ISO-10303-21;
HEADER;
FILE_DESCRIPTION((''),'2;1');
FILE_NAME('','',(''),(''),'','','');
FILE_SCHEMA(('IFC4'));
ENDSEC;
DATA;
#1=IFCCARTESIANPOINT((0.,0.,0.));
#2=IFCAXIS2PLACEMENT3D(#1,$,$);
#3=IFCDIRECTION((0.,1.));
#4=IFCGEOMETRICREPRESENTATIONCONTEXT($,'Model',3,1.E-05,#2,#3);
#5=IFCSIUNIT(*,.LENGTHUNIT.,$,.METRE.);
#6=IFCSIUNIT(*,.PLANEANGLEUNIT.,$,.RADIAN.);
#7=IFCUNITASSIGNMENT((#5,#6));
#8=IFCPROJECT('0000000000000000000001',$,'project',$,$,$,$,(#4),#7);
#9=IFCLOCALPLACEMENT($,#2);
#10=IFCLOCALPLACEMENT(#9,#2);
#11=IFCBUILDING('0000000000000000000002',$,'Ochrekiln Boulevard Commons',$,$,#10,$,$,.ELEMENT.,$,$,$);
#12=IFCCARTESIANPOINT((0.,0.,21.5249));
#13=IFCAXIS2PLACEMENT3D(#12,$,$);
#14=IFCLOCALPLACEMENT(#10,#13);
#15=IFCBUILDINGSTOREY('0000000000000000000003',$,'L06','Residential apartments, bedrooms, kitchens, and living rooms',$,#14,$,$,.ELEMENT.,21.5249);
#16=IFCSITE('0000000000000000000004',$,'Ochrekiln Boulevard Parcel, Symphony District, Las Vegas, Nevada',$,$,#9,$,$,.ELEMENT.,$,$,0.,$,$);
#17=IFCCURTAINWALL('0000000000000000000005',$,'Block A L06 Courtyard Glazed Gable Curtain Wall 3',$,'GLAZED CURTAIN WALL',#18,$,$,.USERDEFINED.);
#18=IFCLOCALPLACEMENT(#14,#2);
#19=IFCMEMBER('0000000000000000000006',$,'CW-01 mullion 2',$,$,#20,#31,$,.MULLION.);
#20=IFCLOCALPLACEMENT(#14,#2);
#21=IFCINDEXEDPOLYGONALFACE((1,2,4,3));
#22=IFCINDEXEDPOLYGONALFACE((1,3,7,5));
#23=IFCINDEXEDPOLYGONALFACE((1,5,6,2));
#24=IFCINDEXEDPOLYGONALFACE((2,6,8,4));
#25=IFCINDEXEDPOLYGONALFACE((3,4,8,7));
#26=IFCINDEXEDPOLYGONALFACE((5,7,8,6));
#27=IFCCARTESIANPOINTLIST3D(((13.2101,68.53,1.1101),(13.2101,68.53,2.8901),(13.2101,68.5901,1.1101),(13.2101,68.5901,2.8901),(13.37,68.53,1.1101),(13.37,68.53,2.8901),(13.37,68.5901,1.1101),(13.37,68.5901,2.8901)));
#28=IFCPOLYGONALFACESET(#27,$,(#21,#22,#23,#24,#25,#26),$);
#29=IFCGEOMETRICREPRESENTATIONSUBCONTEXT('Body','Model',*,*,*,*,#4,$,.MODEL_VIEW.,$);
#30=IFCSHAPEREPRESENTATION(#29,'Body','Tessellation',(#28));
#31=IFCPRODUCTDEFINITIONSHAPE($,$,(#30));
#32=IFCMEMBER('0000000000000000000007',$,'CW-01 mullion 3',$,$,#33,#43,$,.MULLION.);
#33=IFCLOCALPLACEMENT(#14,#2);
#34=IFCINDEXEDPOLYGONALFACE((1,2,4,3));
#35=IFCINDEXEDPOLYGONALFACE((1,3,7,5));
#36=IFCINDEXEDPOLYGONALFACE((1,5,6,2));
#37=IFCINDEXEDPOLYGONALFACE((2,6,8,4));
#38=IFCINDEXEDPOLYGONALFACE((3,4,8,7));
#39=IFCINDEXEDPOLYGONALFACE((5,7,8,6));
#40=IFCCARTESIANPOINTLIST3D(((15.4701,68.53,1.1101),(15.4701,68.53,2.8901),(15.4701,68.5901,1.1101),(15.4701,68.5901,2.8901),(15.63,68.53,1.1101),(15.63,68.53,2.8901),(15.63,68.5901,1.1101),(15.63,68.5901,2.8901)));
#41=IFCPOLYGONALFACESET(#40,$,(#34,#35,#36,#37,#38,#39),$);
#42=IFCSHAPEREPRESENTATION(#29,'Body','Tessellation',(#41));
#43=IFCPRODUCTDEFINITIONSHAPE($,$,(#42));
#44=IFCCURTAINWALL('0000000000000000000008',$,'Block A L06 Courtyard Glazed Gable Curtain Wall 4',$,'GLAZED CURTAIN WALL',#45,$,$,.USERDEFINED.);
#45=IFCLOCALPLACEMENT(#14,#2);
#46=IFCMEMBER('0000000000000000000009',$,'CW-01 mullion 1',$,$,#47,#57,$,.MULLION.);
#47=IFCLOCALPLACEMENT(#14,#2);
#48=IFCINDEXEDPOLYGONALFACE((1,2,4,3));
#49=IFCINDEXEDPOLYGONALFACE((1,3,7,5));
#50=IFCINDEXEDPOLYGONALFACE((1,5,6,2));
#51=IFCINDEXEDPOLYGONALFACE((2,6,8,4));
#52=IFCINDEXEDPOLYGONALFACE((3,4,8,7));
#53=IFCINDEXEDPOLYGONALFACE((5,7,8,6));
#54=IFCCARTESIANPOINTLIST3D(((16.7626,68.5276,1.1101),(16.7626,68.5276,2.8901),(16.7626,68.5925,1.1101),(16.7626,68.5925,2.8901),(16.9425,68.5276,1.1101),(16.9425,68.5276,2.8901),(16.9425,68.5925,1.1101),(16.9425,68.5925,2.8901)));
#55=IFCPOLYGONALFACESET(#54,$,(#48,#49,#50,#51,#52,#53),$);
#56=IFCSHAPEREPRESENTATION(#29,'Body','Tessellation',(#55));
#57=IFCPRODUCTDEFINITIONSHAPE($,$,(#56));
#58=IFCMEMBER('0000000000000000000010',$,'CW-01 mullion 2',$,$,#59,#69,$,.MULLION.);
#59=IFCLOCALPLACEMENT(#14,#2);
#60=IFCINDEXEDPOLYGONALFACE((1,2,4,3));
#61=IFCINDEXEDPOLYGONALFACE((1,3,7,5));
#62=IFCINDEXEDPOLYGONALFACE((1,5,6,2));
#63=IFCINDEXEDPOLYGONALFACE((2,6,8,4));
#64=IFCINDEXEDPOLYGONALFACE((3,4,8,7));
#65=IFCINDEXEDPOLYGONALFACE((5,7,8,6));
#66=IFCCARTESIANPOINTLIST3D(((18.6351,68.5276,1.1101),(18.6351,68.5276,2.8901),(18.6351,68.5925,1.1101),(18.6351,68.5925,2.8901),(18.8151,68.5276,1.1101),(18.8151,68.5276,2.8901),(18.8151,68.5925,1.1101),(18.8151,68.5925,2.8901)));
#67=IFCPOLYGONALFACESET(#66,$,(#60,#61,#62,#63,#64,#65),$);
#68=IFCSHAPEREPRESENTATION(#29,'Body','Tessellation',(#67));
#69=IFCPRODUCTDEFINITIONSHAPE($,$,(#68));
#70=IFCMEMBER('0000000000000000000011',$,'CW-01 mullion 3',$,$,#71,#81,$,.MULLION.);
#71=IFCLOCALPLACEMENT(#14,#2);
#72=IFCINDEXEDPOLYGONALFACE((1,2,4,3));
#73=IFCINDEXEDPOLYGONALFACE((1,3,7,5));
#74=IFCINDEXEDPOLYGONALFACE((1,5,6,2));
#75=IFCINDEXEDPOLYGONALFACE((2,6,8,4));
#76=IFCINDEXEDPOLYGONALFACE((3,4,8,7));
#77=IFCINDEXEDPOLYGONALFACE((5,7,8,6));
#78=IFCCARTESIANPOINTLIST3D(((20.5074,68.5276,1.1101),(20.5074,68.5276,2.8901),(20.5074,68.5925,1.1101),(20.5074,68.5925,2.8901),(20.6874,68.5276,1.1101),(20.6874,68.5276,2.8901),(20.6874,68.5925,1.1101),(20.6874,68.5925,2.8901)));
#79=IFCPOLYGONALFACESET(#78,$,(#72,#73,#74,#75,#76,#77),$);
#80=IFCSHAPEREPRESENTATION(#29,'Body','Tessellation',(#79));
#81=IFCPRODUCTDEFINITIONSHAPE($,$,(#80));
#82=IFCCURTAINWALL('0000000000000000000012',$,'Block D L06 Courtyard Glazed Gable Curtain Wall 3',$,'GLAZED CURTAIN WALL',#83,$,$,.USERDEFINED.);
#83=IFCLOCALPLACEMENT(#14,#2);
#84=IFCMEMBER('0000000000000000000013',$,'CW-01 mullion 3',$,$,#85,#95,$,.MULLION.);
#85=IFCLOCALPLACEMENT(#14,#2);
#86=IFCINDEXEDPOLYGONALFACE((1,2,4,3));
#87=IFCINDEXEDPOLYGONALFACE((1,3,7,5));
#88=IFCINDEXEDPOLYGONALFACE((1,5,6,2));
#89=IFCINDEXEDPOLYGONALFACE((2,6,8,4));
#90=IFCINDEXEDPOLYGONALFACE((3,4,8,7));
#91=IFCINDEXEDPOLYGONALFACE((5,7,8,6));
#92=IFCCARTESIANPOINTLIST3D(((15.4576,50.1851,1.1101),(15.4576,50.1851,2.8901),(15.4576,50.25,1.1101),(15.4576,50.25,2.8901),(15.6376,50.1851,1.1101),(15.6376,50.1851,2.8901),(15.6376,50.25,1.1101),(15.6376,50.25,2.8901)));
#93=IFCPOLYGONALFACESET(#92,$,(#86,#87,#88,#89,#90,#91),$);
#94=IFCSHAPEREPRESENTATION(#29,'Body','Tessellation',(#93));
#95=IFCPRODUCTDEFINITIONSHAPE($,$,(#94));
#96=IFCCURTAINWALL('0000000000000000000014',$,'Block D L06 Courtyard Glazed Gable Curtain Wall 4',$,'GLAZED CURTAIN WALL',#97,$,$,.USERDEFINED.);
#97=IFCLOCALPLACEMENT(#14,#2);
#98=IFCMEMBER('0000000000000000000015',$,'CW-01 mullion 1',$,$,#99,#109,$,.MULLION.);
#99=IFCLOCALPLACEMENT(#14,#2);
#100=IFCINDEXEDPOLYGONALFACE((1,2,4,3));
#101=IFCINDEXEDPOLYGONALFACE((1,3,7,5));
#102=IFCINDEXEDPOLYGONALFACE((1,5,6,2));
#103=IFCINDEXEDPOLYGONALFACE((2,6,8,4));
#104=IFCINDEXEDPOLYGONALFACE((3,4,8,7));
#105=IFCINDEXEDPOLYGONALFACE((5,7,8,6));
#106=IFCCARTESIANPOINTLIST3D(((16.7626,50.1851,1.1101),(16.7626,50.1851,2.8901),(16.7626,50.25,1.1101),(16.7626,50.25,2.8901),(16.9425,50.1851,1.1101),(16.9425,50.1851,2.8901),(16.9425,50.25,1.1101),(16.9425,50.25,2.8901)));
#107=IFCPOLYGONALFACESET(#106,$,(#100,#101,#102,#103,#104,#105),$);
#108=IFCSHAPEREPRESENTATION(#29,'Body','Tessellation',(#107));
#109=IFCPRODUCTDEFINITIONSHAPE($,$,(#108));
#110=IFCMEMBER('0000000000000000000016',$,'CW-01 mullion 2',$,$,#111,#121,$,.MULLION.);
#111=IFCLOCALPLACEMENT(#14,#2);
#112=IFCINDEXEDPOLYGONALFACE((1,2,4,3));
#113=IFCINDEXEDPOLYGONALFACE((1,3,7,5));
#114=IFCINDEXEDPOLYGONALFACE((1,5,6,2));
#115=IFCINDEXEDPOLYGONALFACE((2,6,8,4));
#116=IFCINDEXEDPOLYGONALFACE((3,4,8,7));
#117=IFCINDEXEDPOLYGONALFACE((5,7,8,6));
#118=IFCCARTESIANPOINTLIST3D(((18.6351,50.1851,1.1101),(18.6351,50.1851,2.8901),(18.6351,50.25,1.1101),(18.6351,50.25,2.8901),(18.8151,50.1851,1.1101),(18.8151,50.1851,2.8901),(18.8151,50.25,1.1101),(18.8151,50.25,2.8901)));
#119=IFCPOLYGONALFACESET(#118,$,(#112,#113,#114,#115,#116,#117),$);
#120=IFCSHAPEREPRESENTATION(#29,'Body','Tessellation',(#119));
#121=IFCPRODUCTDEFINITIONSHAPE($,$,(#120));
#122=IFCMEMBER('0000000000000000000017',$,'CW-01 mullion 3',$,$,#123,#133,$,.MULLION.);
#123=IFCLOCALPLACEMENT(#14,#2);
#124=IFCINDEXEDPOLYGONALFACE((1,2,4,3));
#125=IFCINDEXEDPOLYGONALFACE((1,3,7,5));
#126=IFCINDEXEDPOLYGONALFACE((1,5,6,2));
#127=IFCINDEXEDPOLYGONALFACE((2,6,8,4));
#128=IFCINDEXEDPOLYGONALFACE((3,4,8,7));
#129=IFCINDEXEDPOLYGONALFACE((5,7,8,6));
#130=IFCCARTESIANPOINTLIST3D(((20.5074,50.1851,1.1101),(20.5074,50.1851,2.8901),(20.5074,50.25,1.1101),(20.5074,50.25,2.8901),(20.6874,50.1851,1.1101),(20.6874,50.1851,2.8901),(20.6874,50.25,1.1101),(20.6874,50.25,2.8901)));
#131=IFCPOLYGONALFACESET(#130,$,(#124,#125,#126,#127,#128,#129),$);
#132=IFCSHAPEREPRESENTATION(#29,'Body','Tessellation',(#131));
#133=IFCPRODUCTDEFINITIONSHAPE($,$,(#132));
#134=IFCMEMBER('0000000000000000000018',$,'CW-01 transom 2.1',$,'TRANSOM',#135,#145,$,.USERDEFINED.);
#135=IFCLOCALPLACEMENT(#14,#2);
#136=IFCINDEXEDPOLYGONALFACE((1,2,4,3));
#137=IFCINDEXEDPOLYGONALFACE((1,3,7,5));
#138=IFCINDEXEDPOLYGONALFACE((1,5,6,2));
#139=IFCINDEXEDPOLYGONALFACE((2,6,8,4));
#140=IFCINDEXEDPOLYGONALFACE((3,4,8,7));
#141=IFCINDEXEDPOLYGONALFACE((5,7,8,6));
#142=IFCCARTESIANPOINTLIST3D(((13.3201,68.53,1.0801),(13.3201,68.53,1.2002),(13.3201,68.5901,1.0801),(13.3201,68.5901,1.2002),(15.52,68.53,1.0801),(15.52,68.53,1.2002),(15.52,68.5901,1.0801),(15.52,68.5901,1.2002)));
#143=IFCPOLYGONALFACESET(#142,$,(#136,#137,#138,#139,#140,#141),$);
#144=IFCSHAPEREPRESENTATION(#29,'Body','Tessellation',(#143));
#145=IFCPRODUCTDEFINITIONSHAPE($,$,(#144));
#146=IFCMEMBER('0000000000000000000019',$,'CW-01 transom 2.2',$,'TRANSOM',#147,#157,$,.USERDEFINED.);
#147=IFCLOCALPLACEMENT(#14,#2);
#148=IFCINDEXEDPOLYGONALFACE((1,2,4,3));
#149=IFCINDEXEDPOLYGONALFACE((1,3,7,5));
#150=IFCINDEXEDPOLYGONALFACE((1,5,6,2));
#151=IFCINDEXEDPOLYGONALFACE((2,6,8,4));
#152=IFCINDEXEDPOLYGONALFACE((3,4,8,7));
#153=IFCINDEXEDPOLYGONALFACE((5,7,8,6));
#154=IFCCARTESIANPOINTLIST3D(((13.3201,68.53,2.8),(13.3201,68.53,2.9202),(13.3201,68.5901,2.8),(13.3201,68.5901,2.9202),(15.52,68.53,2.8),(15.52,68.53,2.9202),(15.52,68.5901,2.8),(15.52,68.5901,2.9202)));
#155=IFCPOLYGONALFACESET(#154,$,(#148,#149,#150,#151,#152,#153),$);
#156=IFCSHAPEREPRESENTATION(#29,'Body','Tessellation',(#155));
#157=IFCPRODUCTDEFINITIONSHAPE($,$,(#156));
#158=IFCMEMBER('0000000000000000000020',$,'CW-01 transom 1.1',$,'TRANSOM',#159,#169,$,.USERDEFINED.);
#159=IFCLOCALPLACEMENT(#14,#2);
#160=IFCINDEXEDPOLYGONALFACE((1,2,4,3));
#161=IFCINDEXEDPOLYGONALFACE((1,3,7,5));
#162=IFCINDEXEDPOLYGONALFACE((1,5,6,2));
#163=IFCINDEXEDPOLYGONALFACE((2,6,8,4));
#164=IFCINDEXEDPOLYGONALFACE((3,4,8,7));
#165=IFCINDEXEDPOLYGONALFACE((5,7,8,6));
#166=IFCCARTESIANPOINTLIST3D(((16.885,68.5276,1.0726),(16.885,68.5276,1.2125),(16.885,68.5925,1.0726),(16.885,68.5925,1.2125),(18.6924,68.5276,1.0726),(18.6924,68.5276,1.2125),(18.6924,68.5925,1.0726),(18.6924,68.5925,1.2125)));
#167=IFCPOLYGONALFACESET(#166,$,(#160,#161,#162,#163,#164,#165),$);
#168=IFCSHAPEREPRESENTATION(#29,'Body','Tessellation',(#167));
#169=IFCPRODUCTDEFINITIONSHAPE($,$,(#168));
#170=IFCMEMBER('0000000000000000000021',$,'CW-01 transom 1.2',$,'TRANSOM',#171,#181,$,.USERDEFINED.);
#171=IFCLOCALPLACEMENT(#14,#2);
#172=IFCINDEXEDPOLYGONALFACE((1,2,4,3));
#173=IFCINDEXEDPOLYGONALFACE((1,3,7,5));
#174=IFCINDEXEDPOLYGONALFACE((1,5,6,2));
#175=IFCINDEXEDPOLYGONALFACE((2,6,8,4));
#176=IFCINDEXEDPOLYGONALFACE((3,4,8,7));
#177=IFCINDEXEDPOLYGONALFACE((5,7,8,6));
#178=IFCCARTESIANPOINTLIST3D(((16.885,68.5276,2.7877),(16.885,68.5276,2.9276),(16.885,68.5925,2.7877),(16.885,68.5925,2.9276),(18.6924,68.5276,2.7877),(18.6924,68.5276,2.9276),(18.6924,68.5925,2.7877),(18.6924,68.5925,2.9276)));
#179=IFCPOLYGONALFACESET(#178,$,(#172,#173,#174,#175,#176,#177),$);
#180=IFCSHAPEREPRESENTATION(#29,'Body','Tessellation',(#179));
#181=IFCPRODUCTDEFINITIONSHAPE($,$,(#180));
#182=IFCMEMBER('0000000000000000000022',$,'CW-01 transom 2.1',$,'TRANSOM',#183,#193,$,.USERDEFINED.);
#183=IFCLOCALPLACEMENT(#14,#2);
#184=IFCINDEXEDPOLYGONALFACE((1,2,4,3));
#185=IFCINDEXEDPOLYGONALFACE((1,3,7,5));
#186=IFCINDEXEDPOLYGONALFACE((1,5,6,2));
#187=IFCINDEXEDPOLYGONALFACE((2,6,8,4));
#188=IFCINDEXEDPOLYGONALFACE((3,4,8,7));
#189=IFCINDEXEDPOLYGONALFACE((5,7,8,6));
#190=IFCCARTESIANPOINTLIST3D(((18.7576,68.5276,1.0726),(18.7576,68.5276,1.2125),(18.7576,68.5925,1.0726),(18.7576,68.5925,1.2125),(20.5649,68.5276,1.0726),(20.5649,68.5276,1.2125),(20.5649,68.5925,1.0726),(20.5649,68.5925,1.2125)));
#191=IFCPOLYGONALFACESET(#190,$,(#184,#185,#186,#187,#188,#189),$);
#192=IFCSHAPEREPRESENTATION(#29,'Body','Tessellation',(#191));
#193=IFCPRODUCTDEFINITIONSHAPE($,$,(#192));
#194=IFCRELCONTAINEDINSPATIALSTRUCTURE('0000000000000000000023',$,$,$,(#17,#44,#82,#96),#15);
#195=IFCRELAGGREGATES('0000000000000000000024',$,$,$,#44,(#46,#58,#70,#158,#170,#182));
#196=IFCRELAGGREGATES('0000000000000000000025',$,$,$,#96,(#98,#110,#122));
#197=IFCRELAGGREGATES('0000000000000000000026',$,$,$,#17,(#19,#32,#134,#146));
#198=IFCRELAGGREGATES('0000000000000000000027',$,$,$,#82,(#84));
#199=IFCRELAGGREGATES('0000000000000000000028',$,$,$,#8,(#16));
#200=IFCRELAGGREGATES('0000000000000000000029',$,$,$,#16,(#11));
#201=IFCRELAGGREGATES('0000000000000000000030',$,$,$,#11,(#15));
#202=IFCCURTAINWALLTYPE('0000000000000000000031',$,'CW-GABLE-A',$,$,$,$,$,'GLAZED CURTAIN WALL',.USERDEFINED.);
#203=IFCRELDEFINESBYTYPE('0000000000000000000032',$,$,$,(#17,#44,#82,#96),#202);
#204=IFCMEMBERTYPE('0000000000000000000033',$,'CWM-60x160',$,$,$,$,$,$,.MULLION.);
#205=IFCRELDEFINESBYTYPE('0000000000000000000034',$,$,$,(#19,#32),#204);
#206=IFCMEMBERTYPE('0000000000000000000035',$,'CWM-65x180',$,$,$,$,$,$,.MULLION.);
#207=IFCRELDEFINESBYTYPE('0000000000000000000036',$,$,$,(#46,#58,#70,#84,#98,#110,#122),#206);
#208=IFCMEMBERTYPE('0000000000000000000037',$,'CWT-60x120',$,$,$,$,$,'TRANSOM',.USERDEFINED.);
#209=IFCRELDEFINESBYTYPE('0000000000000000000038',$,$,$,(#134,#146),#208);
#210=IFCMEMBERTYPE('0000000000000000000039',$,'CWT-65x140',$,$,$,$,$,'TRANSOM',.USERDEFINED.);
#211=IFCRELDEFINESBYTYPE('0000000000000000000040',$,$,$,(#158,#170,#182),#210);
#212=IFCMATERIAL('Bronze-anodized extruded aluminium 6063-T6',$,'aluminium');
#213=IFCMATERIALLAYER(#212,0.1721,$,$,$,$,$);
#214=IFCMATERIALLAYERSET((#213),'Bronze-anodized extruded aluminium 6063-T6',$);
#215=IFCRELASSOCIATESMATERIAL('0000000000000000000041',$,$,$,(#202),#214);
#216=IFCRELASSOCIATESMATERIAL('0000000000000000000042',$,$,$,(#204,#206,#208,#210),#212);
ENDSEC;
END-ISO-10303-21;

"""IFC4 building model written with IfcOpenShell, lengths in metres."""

from ifc_helpers import new_model, si_unit, direction, frame, origin, origin_2d, place, context, subcontext, project, spatial, rectangle, extrude, material, layer, layer_set, material_profile, profile_set, type_object, element, aggregate, save


model = new_model("IFC4")

# Units and contexts
model_context = context("Model", 3, precision=1e-05, world=origin(), true_north=direction((0.0, 1.0)))
body_context = subcontext(model_context, "Body", "Model", "MODEL_VIEW")
ifc_project = project(units=[si_unit("LENGTHUNIT", "METRE"), si_unit("PLANEANGLEUNIT", "RADIAN")], contexts=[model_context])

# Site, building, storey
site_placement = place(None, origin())
site = spatial("IfcSite", under=ifc_project, at=site_placement, Name="Ochrekiln Boulevard Parcel, Symphony District, Las Vegas, Nevada", CompositionType="ELEMENT", RefElevation=0.0)
building_placement = place(site_placement, origin())
building = spatial("IfcBuilding", under=site, at=building_placement, Name="Ochrekiln Boulevard Commons", CompositionType="ELEMENT")
storey_placement = place(building_placement, frame((0.0, 0.0, 21.5249)))
storey = spatial("IfcBuildingStorey", under=building, at=storey_placement, Name="L06", Description="Residential apartments, bedrooms, kitchens, and living rooms", CompositionType="ELEMENT", Elevation=21.5249)

# Curtain walls, members
ifc_material_1 = material(Name="Bronze-anodized extruded aluminium 6063-T6", Category="aluminium")
ifc_layer_1 = layer(ifc_material_1, 0.1721)
ifc_layer_set_1 = layer_set([ifc_layer_1], Name="Bronze-anodized extruded aluminium 6063-T6")
curtain_wall_type = type_object("IfcCurtainWallType", Name="CW-GABLE-A", ElementType="GLAZED CURTAIN WALL", PredefinedType="USERDEFINED", material=ifc_layer_set_1)
curtain_wall_1_placement = place(storey_placement, origin())
curtain_wall_1 = element("IfcCurtainWall", 1, at=curtain_wall_1_placement, inside=storey, type_object=curtain_wall_type, Name="Block A L06 Courtyard Glazed Gable Curtain Wall 3", ObjectType="GLAZED CURTAIN WALL", PredefinedType="USERDEFINED")
ifc_material_profile_1 = material_profile(ifc_material_1, rectangle(XDim=0.0601, YDim=0.1599, at=origin_2d()), Name="ALU-MUL-60x160")
ifc_profile_set_1 = profile_set([ifc_material_profile_1], Name="Bronze-anodized extruded aluminium 6063-T6")
member_type_1 = type_object("IfcMemberType", Name="CWM-60x160", PredefinedType="MULLION", material=ifc_profile_set_1)
member_1_placement = place(storey_placement, frame((13.29, 68.5601, 1.1101), z_axis=(0.0, 0.0, 1.0), x_axis=(0.0, 1.0, 0.0)))
member_1 = element("IfcMember", 2, at=member_1_placement, type_object=member_type_1, Name="CW-01 mullion 2", PredefinedType="MULLION", context=body_context, shape_type="SweptSolid", body=[
    extrude(rectangle(XDim=0.0601, YDim=0.1599, at=origin_2d()), origin(), (0.0, 0.0, 1.0), 1.78),
])
member_2_placement = place(storey_placement, frame((15.55, 68.5601, 1.1101), z_axis=(0.0, 0.0, 1.0), x_axis=(0.0, 1.0, 0.0)))
member_2 = element("IfcMember", 3, at=member_2_placement, type_object=member_type_1, Name="CW-01 mullion 3", PredefinedType="MULLION", context=body_context, shape_type="SweptSolid", body=[
    extrude(rectangle(XDim=0.0601, YDim=0.1599, at=origin_2d()), origin(), (0.0, 0.0, 1.0), 1.78),
])
curtain_wall_2_placement = place(storey_placement, origin())
curtain_wall_2 = element("IfcCurtainWall", 4, at=curtain_wall_2_placement, inside=storey, type_object=curtain_wall_type, Name="Block A L06 Courtyard Glazed Gable Curtain Wall 4", ObjectType="GLAZED CURTAIN WALL", PredefinedType="USERDEFINED")
ifc_material_profile_2 = material_profile(ifc_material_1, rectangle(XDim=0.0649, YDim=0.1799, at=origin_2d()), Name="ALU-MUL-65x180")
ifc_profile_set_2 = profile_set([ifc_material_profile_2], Name="Bronze-anodized extruded aluminium 6063-T6")
member_type_2 = type_object("IfcMemberType", Name="CWM-65x180", PredefinedType="MULLION", material=ifc_profile_set_2)
member_3_placement = place(storey_placement, frame((16.8525, 68.5601, 1.1101), z_axis=(0.0, 0.0, 1.0), x_axis=(0.0, 1.0, 0.0)))
member_3 = element("IfcMember", 5, at=member_3_placement, type_object=member_type_2, Name="CW-01 mullion 1", PredefinedType="MULLION", context=body_context, shape_type="SweptSolid", body=[
    extrude(rectangle(XDim=0.0649, YDim=0.1799, at=origin_2d()), origin(), (0.0, 0.0, 1.0), 1.78),
])
member_4_placement = place(storey_placement, frame((18.7251, 68.5601, 1.1101), z_axis=(0.0, 0.0, 1.0), x_axis=(0.0, 1.0, 0.0)))
member_4 = element("IfcMember", 6, at=member_4_placement, type_object=member_type_2, Name="CW-01 mullion 2", PredefinedType="MULLION", context=body_context, shape_type="SweptSolid", body=[
    extrude(rectangle(XDim=0.0649, YDim=0.1799, at=origin_2d()), origin(), (0.0, 0.0, 1.0), 1.78),
])
member_5_placement = place(storey_placement, frame((20.5974, 68.5601, 1.1101), z_axis=(0.0, 0.0, 1.0), x_axis=(0.0, 1.0, 0.0)))
member_5 = element("IfcMember", 7, at=member_5_placement, type_object=member_type_2, Name="CW-01 mullion 3", PredefinedType="MULLION", context=body_context, shape_type="SweptSolid", body=[
    extrude(rectangle(XDim=0.0649, YDim=0.1799, at=origin_2d()), origin(), (0.0, 0.0, 1.0), 1.78),
])

# Curtain wall, member
curtain_wall_3_placement = place(storey_placement, origin())
curtain_wall_3 = element("IfcCurtainWall", 8, at=curtain_wall_3_placement, inside=storey, type_object=curtain_wall_type, Name="Block D L06 Courtyard Glazed Gable Curtain Wall 3", ObjectType="GLAZED CURTAIN WALL", PredefinedType="USERDEFINED")
member_6_placement = place(storey_placement, frame((15.5476, 50.2175, 1.1101), z_axis=(0.0, 0.0, 1.0), x_axis=(0.0, 1.0, 0.0)))
member_6 = element("IfcMember", 9, at=member_6_placement, type_object=member_type_2, Name="CW-01 mullion 3", PredefinedType="MULLION", context=body_context, shape_type="SweptSolid", body=[
    extrude(rectangle(XDim=0.0649, YDim=0.1799, at=origin_2d()), origin(), (0.0, 0.0, 1.0), 1.78),
])

# Curtain wall, members
curtain_wall_4_placement = place(storey_placement, origin())
curtain_wall_4 = element("IfcCurtainWall", 10, at=curtain_wall_4_placement, inside=storey, type_object=curtain_wall_type, Name="Block D L06 Courtyard Glazed Gable Curtain Wall 4", ObjectType="GLAZED CURTAIN WALL", PredefinedType="USERDEFINED")
member_7_placement = place(storey_placement, frame((16.8525, 50.2175, 1.1101), z_axis=(0.0, 0.0, 1.0), x_axis=(0.0, 1.0, 0.0)))
member_7 = element("IfcMember", 11, at=member_7_placement, type_object=member_type_2, Name="CW-01 mullion 1", PredefinedType="MULLION", context=body_context, shape_type="SweptSolid", body=[
    extrude(rectangle(XDim=0.0649, YDim=0.1799, at=origin_2d()), origin(), (0.0, 0.0, 1.0), 1.78),
])
member_8_placement = place(storey_placement, frame((18.7251, 50.2175, 1.1101), z_axis=(0.0, 0.0, 1.0), x_axis=(0.0, 1.0, 0.0)))
member_8 = element("IfcMember", 12, at=member_8_placement, type_object=member_type_2, Name="CW-01 mullion 2", PredefinedType="MULLION", context=body_context, shape_type="SweptSolid", body=[
    extrude(rectangle(XDim=0.0649, YDim=0.1799, at=origin_2d()), origin(), (0.0, 0.0, 1.0), 1.78),
])
member_9_placement = place(storey_placement, frame((20.5974, 50.2175, 1.1101), z_axis=(0.0, 0.0, 1.0), x_axis=(0.0, 1.0, 0.0)))
member_9 = element("IfcMember", 13, at=member_9_placement, type_object=member_type_2, Name="CW-01 mullion 3", PredefinedType="MULLION", context=body_context, shape_type="SweptSolid", body=[
    extrude(rectangle(XDim=0.0649, YDim=0.1799, at=origin_2d()), origin(), (0.0, 0.0, 1.0), 1.78),
])

# Members
ifc_material_profile_3 = material_profile(ifc_material_1, rectangle(XDim=0.0601, YDim=0.1201, at=origin_2d()), Name="ALU-TRN-60x120")
ifc_profile_set_3 = profile_set([ifc_material_profile_3], Name="Bronze-anodized extruded aluminium 6063-T6")
member_type_3 = type_object("IfcMemberType", Name="CWT-60x120", ElementType="TRANSOM", PredefinedType="USERDEFINED", material=ifc_profile_set_3)
member_10_placement = place(storey_placement, frame((13.3201, 68.5601, 1.1401), z_axis=(1.0, 0.0, 0.0), x_axis=(0.0, 1.0, 0.0)))
member_10 = element("IfcMember", 14, at=member_10_placement, type_object=member_type_3, Name="CW-01 transom 2.1", ObjectType="TRANSOM", PredefinedType="USERDEFINED", context=body_context, shape_type="SweptSolid", body=[
    extrude(rectangle(XDim=0.0601, YDim=0.1201, at=origin_2d()), origin(), (0.0, 0.0, 1.0), 2.2),
])
member_11_placement = place(storey_placement, frame((13.3201, 68.5601, 2.8601), z_axis=(1.0, 0.0, 0.0), x_axis=(0.0, 1.0, 0.0)))
member_11 = element("IfcMember", 15, at=member_11_placement, type_object=member_type_3, Name="CW-01 transom 2.2", ObjectType="TRANSOM", PredefinedType="USERDEFINED", context=body_context, shape_type="SweptSolid", body=[
    extrude(rectangle(XDim=0.0601, YDim=0.1201, at=origin_2d()), origin(), (0.0, 0.0, 1.0), 2.2),
])
ifc_material_profile_4 = material_profile(ifc_material_1, rectangle(XDim=0.0649, YDim=0.1399, at=origin_2d()), Name="ALU-TRN-65x140")
ifc_profile_set_4 = profile_set([ifc_material_profile_4], Name="Bronze-anodized extruded aluminium 6063-T6")
member_type_4 = type_object("IfcMemberType", Name="CWT-65x140", ElementType="TRANSOM", PredefinedType="USERDEFINED", material=ifc_profile_set_4)
member_12_placement = place(storey_placement, frame((16.885, 68.5601, 1.1426), z_axis=(1.0, 0.0, 0.0), x_axis=(0.0, 1.0, 0.0)))
member_12 = element("IfcMember", 16, at=member_12_placement, type_object=member_type_4, Name="CW-01 transom 1.1", ObjectType="TRANSOM", PredefinedType="USERDEFINED", context=body_context, shape_type="SweptSolid", body=[
    extrude(rectangle(XDim=0.0649, YDim=0.1399, at=origin_2d()), origin(), (0.0, 0.0, 1.0), 1.8074),
])
member_13_placement = place(storey_placement, frame((16.885, 68.5601, 2.8577), z_axis=(1.0, 0.0, 0.0), x_axis=(0.0, 1.0, 0.0)))
member_13 = element("IfcMember", 17, at=member_13_placement, type_object=member_type_4, Name="CW-01 transom 1.2", ObjectType="TRANSOM", PredefinedType="USERDEFINED", context=body_context, shape_type="SweptSolid", body=[
    extrude(rectangle(XDim=0.0649, YDim=0.1399, at=origin_2d()), origin(), (0.0, 0.0, 1.0), 1.8074),
])
member_14_placement = place(storey_placement, frame((18.7576, 68.5601, 1.1426), z_axis=(1.0, 0.0, 0.0), x_axis=(0.0, 1.0, 0.0)))
member_14 = element("IfcMember", 18, at=member_14_placement, type_object=member_type_4, Name="CW-01 transom 2.1", ObjectType="TRANSOM", PredefinedType="USERDEFINED", context=body_context, shape_type="SweptSolid", body=[
    extrude(rectangle(XDim=0.0649, YDim=0.1399, at=origin_2d()), origin(), (0.0, 0.0, 1.0), 1.8074),
])

aggregate(curtain_wall_2, [member_3, member_4, member_5, member_12, member_13, member_14])
aggregate(curtain_wall_4, [member_7, member_8, member_9])
aggregate(curtain_wall_1, [member_1, member_2, member_10, member_11])
aggregate(curtain_wall_3, [member_6])

save(model, "model.ifc")
